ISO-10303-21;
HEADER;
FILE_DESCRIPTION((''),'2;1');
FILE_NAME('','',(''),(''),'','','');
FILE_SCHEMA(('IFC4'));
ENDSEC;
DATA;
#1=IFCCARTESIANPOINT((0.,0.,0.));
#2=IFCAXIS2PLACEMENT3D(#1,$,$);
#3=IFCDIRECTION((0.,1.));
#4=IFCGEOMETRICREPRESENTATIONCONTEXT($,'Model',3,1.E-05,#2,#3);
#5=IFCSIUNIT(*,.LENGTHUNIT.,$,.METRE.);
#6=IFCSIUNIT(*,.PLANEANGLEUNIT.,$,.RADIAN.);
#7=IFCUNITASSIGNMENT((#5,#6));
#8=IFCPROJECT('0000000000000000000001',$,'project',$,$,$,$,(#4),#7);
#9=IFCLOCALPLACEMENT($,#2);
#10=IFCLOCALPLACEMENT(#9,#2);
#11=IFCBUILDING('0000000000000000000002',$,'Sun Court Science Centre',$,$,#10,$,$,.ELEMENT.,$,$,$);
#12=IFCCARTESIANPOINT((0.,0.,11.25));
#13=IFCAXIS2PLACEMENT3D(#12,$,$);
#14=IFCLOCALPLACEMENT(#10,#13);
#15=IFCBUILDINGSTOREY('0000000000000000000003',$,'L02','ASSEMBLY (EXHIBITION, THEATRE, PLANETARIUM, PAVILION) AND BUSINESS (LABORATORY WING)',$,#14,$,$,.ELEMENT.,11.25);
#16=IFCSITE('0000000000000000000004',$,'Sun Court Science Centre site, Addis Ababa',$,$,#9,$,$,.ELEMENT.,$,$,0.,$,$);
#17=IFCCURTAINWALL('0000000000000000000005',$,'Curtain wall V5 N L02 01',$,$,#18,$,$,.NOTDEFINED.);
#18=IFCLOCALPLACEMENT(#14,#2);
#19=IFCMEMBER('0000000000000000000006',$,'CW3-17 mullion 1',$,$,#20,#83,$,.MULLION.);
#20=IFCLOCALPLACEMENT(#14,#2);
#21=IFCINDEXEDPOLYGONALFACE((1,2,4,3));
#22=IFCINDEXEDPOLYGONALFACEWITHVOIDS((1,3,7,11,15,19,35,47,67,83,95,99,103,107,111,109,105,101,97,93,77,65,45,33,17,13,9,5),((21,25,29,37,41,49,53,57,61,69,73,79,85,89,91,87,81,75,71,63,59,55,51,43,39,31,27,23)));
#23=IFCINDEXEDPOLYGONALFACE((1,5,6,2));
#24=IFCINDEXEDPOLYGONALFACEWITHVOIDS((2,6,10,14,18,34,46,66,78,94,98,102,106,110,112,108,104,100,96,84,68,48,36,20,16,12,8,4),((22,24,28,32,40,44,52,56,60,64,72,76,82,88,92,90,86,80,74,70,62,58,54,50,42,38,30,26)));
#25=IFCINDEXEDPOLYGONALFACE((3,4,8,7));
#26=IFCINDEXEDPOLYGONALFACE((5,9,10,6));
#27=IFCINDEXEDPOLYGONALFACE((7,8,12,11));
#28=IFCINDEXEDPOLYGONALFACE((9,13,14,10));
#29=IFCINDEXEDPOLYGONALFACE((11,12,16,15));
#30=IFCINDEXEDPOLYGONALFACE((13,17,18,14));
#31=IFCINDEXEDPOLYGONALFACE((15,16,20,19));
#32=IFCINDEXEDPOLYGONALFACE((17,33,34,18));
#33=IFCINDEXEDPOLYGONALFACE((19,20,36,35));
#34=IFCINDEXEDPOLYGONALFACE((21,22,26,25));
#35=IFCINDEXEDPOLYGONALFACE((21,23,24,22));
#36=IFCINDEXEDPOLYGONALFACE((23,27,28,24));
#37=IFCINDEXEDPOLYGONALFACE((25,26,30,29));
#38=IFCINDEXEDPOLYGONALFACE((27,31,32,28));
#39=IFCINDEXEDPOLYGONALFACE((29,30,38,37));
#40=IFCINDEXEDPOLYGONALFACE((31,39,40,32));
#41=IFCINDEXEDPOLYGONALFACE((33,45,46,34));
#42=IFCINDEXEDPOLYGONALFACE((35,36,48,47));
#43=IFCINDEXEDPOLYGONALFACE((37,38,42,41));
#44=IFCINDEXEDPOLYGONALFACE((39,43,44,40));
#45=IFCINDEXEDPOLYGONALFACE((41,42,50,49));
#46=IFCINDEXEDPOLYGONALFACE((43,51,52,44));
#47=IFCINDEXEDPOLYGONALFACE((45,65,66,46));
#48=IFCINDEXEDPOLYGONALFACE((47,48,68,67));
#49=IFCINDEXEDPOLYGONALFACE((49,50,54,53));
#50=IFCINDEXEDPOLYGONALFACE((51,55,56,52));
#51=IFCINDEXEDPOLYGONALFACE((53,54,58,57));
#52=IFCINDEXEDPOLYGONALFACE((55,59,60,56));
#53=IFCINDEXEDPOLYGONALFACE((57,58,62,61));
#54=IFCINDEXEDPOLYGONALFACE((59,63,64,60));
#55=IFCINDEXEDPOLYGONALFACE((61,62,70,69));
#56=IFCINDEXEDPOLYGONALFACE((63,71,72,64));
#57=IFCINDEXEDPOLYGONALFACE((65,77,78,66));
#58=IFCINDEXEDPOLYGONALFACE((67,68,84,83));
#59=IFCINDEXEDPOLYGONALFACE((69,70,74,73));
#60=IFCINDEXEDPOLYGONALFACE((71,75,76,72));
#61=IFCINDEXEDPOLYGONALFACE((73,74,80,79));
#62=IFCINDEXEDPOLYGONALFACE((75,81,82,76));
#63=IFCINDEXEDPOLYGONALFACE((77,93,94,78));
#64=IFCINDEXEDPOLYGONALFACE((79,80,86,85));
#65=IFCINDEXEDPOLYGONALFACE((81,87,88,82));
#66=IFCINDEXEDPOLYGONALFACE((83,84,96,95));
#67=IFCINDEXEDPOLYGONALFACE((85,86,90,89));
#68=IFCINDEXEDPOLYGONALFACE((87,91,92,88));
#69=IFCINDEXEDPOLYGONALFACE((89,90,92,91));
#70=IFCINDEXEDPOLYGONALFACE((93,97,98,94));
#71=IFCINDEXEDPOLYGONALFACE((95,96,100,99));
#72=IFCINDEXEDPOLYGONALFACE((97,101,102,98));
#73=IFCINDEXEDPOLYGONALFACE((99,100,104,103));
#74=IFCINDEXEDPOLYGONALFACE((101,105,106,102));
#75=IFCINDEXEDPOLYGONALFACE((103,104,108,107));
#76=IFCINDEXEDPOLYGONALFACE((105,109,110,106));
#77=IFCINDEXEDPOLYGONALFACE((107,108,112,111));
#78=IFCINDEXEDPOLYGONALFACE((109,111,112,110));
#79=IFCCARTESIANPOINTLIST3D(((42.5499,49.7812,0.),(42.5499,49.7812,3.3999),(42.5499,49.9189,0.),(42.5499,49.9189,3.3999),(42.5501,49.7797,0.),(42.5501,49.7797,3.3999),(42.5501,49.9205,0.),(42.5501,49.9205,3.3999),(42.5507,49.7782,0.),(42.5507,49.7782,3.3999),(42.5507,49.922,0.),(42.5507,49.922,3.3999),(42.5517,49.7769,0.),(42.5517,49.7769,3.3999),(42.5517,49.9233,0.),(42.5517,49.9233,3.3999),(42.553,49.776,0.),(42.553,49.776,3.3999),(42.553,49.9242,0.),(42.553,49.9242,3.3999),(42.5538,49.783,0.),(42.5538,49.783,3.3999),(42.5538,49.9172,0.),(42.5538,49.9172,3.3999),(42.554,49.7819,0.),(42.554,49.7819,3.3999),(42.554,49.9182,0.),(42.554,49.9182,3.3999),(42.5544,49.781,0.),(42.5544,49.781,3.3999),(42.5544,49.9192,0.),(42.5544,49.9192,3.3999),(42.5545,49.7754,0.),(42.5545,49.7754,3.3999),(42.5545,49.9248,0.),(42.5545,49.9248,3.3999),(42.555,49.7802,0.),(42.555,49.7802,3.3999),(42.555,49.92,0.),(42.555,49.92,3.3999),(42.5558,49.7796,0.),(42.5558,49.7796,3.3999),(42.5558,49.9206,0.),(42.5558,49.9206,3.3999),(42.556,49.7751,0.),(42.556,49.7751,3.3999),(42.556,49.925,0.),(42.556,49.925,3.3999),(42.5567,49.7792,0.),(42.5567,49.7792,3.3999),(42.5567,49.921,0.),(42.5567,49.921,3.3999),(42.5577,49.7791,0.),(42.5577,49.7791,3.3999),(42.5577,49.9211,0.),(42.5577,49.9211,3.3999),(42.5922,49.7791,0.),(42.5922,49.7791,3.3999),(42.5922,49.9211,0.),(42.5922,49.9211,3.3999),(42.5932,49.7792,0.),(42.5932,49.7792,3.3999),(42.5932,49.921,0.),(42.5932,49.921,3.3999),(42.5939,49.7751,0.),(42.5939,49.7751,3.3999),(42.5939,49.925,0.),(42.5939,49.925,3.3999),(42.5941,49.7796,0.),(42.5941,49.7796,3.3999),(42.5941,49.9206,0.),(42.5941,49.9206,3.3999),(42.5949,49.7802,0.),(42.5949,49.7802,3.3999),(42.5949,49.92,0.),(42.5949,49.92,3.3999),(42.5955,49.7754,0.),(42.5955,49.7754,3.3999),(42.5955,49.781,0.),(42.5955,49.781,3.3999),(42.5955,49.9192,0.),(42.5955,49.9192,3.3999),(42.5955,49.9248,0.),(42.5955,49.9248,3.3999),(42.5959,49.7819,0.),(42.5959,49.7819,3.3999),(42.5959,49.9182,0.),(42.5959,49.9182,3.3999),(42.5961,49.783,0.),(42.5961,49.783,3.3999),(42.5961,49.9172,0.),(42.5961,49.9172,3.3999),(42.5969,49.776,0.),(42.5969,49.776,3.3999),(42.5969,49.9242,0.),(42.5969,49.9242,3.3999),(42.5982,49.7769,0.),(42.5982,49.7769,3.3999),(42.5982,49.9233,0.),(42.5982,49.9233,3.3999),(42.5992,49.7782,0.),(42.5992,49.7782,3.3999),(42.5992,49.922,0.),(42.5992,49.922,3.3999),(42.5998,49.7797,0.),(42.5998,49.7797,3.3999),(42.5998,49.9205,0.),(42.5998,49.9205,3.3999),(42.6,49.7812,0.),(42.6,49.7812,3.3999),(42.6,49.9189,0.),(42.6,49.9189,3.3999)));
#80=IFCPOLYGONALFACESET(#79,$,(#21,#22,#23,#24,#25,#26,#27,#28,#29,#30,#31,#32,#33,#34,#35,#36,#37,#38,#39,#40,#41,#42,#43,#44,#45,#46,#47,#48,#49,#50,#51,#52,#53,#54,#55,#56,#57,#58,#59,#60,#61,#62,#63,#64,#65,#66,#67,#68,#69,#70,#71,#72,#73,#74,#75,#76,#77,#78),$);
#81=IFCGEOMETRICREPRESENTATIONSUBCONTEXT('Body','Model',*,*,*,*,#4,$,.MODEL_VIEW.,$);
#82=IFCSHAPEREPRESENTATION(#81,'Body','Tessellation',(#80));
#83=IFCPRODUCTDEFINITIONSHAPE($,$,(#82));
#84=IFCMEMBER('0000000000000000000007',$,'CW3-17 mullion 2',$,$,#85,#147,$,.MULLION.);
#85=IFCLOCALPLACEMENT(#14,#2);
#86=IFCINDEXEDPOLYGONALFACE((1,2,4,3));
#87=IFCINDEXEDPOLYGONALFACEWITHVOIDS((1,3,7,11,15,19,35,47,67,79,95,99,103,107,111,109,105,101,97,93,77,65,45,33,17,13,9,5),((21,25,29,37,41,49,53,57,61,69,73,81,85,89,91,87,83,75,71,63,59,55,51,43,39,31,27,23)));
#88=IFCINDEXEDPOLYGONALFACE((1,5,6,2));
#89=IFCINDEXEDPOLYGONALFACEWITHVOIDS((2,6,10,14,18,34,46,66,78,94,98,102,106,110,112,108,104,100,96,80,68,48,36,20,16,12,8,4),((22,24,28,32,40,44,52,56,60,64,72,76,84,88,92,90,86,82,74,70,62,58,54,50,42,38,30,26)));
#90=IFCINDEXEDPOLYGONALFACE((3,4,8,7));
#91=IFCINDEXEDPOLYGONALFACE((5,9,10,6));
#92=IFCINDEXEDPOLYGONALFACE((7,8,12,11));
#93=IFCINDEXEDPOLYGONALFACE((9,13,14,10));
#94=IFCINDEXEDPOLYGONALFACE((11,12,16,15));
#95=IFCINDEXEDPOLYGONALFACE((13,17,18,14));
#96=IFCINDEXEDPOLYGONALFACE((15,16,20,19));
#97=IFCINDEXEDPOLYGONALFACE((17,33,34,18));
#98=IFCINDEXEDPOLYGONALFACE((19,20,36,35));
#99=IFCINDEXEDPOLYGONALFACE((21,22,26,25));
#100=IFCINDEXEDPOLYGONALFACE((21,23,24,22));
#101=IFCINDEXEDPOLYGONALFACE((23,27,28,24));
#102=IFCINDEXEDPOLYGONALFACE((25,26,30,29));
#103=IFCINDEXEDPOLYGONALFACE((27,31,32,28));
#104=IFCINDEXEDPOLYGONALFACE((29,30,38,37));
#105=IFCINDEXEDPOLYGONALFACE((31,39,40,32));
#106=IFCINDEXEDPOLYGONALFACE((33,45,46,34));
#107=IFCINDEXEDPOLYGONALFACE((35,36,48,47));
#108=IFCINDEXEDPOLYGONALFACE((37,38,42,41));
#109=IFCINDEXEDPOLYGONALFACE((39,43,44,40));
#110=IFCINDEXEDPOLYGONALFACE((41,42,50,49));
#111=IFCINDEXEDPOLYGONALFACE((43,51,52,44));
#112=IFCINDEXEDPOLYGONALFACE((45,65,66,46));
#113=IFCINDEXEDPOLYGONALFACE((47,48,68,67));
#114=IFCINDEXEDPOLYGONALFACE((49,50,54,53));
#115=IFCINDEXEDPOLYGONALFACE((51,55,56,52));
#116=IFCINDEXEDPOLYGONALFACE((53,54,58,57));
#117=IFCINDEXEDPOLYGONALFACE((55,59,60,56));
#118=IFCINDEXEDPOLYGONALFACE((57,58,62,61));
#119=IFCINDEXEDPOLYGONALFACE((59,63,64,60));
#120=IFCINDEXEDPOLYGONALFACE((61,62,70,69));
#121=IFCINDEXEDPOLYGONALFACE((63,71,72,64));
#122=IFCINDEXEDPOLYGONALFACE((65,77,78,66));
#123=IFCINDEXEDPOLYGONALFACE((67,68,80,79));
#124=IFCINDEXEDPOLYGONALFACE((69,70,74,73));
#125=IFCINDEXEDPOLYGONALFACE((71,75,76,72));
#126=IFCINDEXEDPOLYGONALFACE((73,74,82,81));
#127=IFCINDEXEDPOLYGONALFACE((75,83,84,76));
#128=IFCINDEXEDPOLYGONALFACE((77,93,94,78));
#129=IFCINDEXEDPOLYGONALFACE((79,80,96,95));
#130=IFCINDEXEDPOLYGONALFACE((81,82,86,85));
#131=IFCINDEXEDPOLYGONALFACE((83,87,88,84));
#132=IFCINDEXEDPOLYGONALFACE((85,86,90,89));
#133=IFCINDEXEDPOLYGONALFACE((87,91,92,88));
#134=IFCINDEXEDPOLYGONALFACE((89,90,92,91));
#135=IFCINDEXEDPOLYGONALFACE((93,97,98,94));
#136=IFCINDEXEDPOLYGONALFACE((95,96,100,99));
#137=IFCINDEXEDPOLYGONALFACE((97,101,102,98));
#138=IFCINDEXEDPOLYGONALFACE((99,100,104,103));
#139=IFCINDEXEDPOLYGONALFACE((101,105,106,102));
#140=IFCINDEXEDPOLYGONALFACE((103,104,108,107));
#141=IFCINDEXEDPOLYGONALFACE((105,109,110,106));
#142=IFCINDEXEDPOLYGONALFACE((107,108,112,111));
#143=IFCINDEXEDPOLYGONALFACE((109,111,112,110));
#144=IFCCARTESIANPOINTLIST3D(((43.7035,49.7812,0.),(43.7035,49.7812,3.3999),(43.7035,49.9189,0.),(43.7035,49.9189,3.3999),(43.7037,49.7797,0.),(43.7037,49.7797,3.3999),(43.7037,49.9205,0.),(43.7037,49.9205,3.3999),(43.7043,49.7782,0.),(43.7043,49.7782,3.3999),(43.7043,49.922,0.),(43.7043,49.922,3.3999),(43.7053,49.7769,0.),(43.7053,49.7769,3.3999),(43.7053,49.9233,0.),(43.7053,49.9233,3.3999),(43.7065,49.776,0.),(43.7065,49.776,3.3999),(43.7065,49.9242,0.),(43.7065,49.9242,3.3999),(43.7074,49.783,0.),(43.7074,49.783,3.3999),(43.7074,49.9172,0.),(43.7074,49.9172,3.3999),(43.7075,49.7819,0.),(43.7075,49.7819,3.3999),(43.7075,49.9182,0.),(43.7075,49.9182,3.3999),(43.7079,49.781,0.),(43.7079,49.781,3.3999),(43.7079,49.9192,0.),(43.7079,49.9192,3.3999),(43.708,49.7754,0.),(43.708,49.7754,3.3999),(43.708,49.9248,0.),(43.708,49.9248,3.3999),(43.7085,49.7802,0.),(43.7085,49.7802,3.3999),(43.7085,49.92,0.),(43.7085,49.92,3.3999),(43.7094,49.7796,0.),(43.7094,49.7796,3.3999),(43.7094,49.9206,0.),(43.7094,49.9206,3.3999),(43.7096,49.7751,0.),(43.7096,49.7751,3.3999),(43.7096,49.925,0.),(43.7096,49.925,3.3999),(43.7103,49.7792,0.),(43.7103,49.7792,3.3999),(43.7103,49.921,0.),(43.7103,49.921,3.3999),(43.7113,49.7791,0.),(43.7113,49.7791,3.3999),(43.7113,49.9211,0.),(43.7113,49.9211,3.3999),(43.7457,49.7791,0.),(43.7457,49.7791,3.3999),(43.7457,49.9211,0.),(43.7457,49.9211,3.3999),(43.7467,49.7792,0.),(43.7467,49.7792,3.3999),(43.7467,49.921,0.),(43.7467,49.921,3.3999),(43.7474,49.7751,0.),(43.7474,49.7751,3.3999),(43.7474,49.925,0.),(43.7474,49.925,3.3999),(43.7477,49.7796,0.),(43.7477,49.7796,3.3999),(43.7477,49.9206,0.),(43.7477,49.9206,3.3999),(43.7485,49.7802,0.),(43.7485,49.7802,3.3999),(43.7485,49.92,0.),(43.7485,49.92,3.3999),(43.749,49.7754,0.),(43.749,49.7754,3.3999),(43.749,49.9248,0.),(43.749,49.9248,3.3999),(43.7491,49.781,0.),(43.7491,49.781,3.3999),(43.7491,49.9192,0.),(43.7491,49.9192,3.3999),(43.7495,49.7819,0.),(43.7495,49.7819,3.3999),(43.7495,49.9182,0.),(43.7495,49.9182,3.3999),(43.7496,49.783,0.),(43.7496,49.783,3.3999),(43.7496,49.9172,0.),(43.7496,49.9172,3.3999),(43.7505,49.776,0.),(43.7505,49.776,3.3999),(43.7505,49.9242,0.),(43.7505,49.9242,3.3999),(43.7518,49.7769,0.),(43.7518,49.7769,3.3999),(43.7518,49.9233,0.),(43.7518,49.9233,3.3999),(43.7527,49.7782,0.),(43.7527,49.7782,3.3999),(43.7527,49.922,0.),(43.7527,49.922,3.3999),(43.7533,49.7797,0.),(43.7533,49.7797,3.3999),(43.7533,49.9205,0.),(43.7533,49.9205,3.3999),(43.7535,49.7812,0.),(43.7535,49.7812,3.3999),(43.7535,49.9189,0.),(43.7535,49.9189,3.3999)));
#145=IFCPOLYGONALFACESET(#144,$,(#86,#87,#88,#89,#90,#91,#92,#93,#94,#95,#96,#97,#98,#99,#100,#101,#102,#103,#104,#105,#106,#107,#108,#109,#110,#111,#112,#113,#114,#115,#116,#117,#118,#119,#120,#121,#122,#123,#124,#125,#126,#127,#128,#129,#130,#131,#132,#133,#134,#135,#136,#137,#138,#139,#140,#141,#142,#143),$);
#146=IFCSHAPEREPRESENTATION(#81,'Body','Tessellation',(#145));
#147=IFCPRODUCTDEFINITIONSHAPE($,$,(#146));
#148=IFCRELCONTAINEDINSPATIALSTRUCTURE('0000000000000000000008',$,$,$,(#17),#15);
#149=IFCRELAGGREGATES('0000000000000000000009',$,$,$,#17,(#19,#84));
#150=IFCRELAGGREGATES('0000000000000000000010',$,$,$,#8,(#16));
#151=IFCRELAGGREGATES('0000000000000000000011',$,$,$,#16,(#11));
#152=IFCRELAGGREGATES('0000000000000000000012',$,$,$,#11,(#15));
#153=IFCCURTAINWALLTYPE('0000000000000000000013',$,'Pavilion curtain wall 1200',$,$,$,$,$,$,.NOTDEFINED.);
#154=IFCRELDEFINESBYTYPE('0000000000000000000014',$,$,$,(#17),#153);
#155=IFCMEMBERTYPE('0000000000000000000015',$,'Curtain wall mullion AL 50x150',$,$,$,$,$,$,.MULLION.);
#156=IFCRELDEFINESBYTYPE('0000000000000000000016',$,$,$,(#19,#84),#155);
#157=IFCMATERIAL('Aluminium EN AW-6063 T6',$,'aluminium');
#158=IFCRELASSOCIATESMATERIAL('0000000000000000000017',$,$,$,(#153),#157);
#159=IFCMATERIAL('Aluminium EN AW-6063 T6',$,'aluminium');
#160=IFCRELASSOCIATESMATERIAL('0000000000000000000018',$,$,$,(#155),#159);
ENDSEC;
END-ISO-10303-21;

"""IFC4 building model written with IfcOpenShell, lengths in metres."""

from ifc_helpers import new_model, si_unit, direction, frame, origin, origin_2d, place, context, subcontext, project, spatial, hollow_rectangle, extrude, material, material_profile, profile_set, type_object, element, aggregate, save


model = new_model("IFC4")

# Units and contexts
model_context = context("Model", 3, precision=1e-05, world=origin(), true_north=direction((0.0, 1.0)))
body_context = subcontext(model_context, "Body", "Model", "MODEL_VIEW")
ifc_project = project(units=[si_unit("LENGTHUNIT", "METRE"), si_unit("PLANEANGLEUNIT", "RADIAN")], contexts=[model_context])

# Site, building, storey
site_placement = place(None, origin())
site = spatial("IfcSite", under=ifc_project, at=site_placement, Name="Sun Court Science Centre site, Addis Ababa", CompositionType="ELEMENT", RefElevation=0.0)
building_placement = place(site_placement, origin())
building = spatial("IfcBuilding", under=site, at=building_placement, Name="Sun Court Science Centre", CompositionType="ELEMENT")
storey_placement = place(building_placement, frame((0.0, 0.0, 11.25)))
storey = spatial("IfcBuildingStorey", under=building, at=storey_placement, Name="L02", Description="ASSEMBLY (EXHIBITION, THEATRE, PLANETARIUM, PAVILION) AND BUSINESS (LABORATORY WING)", CompositionType="ELEMENT", Elevation=11.25)

# Curtain wall, members
ifc_material_1 = material(Name="Aluminium EN AW-6063 T6", Category="aluminium")
curtain_wall_type = type_object("IfcCurtainWallType", Name="Pavilion curtain wall 1200", PredefinedType="NOTDEFINED", material=ifc_material_1)
curtain_wall_1_placement = place(storey_placement, origin())
curtain_wall_1 = element("IfcCurtainWall", 1, at=curtain_wall_1_placement, inside=storey, type_object=curtain_wall_type, Name="Curtain wall V5 N L02 01", PredefinedType="NOTDEFINED")
ifc_material_2 = material(Name="Aluminium EN AW-6063 T6", Category="aluminium")
ifc_material_profile_1 = material_profile(ifc_material_2, hollow_rectangle(XDim=0.05, YDim=0.1499, WallThickness=0.0039, InnerFilletRadius=0.0039, OuterFilletRadius=0.0061, at=origin_2d()), Name="AL 50x150x4")
ifc_profile_set_1 = profile_set([ifc_material_profile_1], Name="Aluminium EN AW-6063 T6")
member_type_1 = type_object("IfcMemberType", Name="Curtain wall mullion AL 50x150", PredefinedType="MULLION", material=ifc_profile_set_1)
member_1_placement = place(storey_placement, frame((42.575, 49.8501, 0.0), z_axis=(0.0, 0.0, 1.0), x_axis=(1.0, 0.0, 0.0)))
member_1 = element("IfcMember", 2, at=member_1_placement, type_object=member_type_1, Name="CW3-17 mullion 1", PredefinedType="MULLION", context=body_context, shape_type="SweptSolid", body=[
    extrude(hollow_rectangle(XDim=0.05, YDim=0.1499, WallThickness=0.0039, InnerFilletRadius=0.0039, OuterFilletRadius=0.0061, at=origin_2d()), origin(), (0.0, 0.0, 1.0), 3.3999),
])
member_2_placement = place(storey_placement, frame((43.7285, 49.8501, 0.0), z_axis=(0.0, 0.0, 1.0), x_axis=(1.0, 0.0, 0.0)))
member_2 = element("IfcMember", 3, at=member_2_placement, type_object=member_type_1, Name="CW3-17 mullion 2", PredefinedType="MULLION", context=body_context, shape_type="SweptSolid", body=[
    extrude(hollow_rectangle(XDim=0.05, YDim=0.1499, WallThickness=0.0039, InnerFilletRadius=0.0039, OuterFilletRadius=0.0061, at=origin_2d()), origin(), (0.0, 0.0, 1.0), 3.3999),
])

aggregate(curtain_wall_1, [member_1, member_2])

save(model, "model.ifc")
